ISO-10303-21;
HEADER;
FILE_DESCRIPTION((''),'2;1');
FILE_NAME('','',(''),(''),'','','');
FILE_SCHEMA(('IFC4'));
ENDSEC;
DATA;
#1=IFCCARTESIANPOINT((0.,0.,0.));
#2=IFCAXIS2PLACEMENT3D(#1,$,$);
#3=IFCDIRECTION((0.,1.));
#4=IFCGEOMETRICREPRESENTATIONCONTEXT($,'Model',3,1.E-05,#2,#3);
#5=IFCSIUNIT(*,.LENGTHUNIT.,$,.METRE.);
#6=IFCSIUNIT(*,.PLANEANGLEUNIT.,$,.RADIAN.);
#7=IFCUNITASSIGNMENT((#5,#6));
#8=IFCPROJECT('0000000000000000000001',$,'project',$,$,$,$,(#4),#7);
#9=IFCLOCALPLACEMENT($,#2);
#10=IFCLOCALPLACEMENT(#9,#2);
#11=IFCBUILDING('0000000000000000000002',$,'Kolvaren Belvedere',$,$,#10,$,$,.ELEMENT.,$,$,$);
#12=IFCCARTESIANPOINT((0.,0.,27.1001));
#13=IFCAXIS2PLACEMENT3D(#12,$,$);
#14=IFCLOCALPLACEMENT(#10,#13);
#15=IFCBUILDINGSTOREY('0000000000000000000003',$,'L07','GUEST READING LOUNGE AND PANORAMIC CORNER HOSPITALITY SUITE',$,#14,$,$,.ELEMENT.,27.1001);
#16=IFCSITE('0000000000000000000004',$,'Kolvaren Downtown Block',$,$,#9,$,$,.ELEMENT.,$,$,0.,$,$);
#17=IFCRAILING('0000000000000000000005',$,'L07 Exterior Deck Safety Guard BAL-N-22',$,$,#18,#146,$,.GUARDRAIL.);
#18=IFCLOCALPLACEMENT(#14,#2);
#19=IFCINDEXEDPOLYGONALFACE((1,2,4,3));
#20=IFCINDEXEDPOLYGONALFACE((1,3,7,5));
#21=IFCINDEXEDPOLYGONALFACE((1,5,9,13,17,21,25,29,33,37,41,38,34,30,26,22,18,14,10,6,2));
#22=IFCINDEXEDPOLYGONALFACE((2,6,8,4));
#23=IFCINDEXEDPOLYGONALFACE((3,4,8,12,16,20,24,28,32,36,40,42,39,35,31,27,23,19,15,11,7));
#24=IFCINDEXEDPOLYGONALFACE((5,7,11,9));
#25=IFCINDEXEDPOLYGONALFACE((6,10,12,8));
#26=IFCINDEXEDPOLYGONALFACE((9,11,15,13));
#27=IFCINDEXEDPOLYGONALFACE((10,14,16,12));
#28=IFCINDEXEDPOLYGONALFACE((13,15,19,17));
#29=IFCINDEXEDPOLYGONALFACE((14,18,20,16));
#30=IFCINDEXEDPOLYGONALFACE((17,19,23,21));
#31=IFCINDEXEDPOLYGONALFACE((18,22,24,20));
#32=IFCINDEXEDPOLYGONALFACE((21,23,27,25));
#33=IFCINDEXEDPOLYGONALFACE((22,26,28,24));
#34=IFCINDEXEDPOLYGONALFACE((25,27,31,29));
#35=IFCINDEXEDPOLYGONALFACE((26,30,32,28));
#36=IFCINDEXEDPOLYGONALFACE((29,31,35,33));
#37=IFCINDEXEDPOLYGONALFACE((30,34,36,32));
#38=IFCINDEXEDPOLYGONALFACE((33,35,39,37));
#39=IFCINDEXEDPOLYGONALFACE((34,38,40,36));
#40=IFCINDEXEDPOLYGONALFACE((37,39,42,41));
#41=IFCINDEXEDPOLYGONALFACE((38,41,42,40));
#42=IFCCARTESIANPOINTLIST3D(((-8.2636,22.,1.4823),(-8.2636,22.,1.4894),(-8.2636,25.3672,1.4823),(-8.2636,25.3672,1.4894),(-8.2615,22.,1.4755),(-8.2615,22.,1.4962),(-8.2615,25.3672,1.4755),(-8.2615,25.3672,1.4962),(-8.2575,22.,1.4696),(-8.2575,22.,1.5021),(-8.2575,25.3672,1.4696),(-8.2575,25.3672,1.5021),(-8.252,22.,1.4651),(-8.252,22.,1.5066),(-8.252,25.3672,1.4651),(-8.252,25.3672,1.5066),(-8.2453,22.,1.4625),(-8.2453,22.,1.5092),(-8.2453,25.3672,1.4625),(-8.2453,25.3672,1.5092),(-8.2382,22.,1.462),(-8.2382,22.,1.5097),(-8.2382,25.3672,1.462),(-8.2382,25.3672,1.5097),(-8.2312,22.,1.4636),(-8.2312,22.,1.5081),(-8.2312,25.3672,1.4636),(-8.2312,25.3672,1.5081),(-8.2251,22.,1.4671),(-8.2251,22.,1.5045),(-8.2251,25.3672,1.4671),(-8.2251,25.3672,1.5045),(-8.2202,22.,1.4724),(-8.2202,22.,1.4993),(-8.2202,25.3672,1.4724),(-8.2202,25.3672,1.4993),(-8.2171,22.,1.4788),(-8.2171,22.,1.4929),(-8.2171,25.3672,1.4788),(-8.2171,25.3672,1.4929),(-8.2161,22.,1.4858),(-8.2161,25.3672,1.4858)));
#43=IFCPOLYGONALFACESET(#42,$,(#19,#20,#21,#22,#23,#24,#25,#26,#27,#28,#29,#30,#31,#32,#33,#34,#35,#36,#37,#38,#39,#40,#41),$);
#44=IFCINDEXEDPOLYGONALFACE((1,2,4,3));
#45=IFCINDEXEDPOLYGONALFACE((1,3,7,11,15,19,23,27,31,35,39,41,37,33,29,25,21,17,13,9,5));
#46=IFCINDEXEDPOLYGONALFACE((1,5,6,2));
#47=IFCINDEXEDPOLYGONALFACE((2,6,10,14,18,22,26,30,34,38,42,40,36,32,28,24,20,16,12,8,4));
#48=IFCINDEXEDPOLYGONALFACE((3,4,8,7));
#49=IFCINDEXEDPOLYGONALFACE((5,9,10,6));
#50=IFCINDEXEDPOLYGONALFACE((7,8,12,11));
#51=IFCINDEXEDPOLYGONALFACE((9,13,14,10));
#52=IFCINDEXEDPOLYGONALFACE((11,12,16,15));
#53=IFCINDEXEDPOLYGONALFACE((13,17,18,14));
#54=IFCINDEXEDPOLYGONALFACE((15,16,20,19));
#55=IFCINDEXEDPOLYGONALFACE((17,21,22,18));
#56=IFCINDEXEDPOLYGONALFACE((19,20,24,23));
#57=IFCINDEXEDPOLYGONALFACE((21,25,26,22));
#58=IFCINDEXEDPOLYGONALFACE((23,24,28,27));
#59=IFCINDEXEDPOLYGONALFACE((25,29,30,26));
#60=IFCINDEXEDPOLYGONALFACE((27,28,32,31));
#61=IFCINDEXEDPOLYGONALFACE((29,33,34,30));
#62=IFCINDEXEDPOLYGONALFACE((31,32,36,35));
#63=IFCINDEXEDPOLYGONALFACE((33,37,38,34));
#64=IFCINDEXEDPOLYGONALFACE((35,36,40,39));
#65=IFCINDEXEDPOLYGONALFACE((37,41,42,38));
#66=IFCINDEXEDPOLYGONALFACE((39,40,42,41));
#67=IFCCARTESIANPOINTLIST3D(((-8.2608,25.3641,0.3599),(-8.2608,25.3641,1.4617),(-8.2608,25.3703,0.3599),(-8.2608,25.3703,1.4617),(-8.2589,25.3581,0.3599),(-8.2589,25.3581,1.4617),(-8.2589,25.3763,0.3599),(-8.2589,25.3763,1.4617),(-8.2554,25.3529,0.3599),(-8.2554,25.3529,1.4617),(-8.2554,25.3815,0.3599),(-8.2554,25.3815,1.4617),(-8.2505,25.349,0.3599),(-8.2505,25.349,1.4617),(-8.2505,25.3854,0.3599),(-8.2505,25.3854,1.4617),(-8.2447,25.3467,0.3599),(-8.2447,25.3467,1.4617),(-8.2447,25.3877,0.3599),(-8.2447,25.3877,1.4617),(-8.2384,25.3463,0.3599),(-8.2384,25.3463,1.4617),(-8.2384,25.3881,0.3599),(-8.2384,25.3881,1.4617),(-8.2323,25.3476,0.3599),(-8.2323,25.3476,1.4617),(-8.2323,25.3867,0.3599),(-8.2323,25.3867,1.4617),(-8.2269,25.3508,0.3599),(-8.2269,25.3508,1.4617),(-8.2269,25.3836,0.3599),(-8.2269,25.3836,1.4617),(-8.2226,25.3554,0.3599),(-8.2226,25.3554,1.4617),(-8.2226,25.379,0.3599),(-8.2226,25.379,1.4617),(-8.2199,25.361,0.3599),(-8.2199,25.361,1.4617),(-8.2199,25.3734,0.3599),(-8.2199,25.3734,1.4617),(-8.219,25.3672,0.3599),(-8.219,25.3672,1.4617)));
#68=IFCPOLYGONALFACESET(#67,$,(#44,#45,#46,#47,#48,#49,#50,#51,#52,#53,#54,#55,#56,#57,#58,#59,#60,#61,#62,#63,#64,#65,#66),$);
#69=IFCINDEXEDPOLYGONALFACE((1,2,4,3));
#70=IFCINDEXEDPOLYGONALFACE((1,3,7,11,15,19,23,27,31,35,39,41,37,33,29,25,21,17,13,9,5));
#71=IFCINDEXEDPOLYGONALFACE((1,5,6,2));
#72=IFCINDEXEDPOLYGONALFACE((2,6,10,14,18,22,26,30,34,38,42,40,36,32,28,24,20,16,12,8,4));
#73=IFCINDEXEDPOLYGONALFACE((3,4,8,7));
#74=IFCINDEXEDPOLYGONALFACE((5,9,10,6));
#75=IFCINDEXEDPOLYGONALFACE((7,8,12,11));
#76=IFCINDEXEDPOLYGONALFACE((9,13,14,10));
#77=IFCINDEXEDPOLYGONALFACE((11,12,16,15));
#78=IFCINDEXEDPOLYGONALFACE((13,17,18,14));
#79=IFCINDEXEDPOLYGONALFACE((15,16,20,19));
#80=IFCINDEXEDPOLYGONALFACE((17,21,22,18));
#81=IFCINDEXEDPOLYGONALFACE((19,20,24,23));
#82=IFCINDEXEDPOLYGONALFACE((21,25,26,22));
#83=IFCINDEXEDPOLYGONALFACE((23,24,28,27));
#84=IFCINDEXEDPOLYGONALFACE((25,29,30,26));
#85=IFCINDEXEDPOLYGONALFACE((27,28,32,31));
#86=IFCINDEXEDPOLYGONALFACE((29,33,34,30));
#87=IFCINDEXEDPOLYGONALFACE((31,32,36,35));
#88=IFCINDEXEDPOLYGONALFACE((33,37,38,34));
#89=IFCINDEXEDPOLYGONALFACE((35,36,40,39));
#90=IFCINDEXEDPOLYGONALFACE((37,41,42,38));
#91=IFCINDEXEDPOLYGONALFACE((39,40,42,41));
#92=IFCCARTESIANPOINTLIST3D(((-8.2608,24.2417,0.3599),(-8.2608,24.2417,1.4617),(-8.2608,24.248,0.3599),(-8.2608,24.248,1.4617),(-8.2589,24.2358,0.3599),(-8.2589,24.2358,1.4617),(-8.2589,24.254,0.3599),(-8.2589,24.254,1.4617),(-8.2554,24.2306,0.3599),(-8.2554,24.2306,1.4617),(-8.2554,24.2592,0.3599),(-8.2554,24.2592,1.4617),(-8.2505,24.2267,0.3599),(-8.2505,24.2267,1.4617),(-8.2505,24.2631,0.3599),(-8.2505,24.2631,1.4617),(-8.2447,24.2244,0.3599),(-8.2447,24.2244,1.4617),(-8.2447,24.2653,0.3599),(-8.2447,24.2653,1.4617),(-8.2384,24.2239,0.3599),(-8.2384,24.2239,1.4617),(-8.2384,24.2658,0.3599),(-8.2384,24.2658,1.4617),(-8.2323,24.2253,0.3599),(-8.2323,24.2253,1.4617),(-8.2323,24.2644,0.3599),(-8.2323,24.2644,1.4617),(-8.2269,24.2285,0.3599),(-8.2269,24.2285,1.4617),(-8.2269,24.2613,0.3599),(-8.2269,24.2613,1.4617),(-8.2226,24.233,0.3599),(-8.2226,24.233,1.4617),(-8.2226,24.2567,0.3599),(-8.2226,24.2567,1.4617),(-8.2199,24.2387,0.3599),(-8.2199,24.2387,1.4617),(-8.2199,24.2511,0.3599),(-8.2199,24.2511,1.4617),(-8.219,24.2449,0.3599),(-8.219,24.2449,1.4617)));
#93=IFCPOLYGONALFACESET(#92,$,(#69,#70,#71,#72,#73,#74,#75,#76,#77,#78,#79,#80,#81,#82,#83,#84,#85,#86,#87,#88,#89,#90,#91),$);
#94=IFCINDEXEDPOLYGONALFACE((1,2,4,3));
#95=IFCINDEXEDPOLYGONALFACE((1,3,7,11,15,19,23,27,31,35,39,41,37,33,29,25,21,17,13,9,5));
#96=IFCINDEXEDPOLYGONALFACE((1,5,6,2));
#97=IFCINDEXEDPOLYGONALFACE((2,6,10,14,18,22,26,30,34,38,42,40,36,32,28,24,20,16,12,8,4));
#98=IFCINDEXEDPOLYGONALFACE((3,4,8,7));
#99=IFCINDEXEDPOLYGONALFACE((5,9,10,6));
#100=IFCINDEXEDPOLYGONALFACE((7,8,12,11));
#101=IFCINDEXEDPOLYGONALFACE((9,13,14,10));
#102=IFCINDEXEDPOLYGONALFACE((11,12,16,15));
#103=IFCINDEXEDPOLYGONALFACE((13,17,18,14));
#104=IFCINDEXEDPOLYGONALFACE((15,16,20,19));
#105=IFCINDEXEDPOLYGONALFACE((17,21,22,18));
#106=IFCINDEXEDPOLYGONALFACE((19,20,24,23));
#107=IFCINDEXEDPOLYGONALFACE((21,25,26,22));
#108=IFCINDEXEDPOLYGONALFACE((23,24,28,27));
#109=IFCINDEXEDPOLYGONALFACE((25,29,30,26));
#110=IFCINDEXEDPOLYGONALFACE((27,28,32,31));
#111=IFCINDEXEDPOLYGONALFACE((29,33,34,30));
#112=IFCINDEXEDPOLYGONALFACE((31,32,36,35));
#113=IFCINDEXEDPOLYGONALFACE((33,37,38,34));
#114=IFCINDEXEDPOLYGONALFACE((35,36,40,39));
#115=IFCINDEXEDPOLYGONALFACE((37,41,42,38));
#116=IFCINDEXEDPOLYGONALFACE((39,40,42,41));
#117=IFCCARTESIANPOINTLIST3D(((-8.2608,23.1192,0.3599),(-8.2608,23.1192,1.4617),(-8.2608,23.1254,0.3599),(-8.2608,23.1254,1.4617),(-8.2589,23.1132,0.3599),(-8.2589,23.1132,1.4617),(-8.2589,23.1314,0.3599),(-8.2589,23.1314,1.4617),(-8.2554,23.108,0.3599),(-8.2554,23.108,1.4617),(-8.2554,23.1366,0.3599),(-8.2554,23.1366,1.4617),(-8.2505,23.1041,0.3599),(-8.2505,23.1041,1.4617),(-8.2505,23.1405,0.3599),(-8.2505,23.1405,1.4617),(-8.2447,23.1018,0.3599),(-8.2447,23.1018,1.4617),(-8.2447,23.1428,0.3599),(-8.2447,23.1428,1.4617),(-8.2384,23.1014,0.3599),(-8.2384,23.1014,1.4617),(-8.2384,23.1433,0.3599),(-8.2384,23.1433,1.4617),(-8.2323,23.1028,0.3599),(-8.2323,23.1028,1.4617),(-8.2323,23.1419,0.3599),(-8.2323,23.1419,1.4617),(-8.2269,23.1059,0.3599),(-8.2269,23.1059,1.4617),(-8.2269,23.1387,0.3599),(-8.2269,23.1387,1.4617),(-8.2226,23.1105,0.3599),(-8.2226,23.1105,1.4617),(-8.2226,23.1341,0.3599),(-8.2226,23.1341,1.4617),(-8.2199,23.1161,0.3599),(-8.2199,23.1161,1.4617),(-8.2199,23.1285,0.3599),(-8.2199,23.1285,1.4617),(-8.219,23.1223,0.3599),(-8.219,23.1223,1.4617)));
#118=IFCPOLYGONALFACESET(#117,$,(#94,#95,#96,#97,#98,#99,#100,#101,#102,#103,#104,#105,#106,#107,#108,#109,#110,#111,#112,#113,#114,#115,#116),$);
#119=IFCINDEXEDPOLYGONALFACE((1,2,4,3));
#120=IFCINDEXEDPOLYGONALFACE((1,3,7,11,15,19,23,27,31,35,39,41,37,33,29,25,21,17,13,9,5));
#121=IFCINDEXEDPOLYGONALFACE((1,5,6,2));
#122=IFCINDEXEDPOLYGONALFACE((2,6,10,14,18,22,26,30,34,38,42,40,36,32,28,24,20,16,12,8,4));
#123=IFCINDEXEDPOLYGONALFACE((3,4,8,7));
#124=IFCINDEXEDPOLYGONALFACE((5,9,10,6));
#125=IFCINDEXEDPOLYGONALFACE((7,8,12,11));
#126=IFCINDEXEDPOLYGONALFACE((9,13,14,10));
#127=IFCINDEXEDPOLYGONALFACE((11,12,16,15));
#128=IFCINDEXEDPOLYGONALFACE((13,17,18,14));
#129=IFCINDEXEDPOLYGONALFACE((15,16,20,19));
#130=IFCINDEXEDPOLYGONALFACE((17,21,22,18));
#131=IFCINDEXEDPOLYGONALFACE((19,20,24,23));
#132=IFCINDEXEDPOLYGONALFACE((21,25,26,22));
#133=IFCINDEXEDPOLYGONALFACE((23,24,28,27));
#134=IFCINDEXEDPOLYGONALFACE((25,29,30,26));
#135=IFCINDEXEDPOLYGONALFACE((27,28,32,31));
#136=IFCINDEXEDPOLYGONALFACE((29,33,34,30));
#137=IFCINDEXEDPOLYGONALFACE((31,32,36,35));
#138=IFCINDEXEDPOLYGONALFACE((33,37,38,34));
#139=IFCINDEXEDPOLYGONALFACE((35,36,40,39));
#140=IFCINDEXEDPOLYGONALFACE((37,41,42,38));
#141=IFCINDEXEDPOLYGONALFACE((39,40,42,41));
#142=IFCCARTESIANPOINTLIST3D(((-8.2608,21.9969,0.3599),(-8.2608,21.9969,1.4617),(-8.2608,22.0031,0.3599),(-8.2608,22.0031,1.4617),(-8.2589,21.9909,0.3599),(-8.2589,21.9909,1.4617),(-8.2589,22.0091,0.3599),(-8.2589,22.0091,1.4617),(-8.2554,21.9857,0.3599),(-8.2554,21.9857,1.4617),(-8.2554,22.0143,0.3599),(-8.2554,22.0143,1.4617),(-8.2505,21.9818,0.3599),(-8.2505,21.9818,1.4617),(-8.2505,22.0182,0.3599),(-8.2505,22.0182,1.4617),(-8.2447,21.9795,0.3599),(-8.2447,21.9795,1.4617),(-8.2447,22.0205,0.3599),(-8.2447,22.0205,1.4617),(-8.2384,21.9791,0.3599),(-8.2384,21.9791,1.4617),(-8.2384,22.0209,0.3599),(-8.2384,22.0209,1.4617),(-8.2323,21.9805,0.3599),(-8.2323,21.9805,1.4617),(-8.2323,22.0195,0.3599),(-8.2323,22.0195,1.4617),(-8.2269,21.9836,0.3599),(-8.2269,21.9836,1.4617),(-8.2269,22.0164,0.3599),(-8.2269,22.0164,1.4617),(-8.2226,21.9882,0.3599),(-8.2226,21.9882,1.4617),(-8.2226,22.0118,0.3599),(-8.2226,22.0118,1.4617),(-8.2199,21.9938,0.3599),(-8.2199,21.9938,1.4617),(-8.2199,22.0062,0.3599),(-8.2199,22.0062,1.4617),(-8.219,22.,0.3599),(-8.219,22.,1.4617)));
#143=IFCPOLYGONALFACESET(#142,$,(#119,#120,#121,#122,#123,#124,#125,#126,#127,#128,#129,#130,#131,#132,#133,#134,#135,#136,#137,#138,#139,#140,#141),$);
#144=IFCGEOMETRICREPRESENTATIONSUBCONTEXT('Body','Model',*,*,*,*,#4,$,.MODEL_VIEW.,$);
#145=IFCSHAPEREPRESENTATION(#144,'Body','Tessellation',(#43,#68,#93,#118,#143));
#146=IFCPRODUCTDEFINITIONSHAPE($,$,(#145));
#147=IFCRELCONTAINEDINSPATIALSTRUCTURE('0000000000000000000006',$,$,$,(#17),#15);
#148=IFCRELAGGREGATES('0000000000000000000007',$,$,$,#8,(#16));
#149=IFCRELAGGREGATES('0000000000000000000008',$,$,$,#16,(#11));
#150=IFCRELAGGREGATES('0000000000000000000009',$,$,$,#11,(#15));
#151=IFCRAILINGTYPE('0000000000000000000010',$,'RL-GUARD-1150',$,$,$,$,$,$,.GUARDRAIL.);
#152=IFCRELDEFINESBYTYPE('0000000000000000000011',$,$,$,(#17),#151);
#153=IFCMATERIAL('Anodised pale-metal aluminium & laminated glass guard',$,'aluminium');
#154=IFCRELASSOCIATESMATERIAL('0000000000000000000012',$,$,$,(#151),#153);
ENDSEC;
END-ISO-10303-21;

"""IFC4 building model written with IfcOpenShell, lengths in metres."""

from ifc_helpers import new_model, si_unit, direction, frame, origin, origin_2d, place, context, subcontext, project, spatial, circle, extrude, material, type_object, element, save


model = new_model("IFC4")

# Units and contexts
model_context = context("Model", 3, precision=1e-05, world=origin(), true_north=direction((0.0, 1.0)))
body_context = subcontext(model_context, "Body", "Model", "MODEL_VIEW")
ifc_project = project(units=[si_unit("LENGTHUNIT", "METRE"), si_unit("PLANEANGLEUNIT", "RADIAN")], contexts=[model_context])

# Site, building, storey
site_placement = place(None, origin())
site = spatial("IfcSite", under=ifc_project, at=site_placement, Name="Kolvaren Downtown Block", CompositionType="ELEMENT", RefElevation=0.0)
building_placement = place(site_placement, origin())
building = spatial("IfcBuilding", under=site, at=building_placement, Name="Kolvaren Belvedere", CompositionType="ELEMENT")
storey_placement = place(building_placement, frame((0.0, 0.0, 27.1001)))
storey = spatial("IfcBuildingStorey", under=building, at=storey_placement, Name="L07", Description="GUEST READING LOUNGE AND PANORAMIC CORNER HOSPITALITY SUITE", CompositionType="ELEMENT", Elevation=27.1001)

# Railing
ifc_material_1 = material(Name="Anodised pale-metal aluminium & laminated glass guard", Category="aluminium")
railing_type = type_object("IfcRailingType", Name="RL-GUARD-1150", PredefinedType="GUARDRAIL", material=ifc_material_1)
railing_placement = place(storey_placement, frame((-8.24, 25.3672, 0.3599)))
element("IfcRailing", 1, at=railing_placement, inside=storey, type_object=railing_type, Name="L07 Exterior Deck Safety Guard BAL-N-22", PredefinedType="GUARDRAIL", context=body_context, shape_type="SweptSolid", body=[
    extrude(circle(Radius=0.0239, at=origin_2d()), frame((0.0, 0.0, 1.126), z_axis=(0.0, -1.0, 0.0), x_axis=(1.0, 0.0, 0.0)), (0.0, 0.0, 1.0), 3.3672),
    extrude(circle(Radius=0.021, at=origin_2d()), origin(), (0.0, 0.0, 1.0), 1.1018),
    extrude(circle(Radius=0.021, at=origin_2d()), frame((0.0, -1.1223, 0.0)), (0.0, 0.0, 1.0), 1.1018),
    extrude(circle(Radius=0.021, at=origin_2d()), frame((0.0, -2.2449, 0.0)), (0.0, 0.0, 1.0), 1.1018),
    extrude(circle(Radius=0.021, at=origin_2d()), frame((0.0, -3.3672, 0.0)), (0.0, 0.0, 1.0), 1.1018),
])

save(model, "model.ifc")
